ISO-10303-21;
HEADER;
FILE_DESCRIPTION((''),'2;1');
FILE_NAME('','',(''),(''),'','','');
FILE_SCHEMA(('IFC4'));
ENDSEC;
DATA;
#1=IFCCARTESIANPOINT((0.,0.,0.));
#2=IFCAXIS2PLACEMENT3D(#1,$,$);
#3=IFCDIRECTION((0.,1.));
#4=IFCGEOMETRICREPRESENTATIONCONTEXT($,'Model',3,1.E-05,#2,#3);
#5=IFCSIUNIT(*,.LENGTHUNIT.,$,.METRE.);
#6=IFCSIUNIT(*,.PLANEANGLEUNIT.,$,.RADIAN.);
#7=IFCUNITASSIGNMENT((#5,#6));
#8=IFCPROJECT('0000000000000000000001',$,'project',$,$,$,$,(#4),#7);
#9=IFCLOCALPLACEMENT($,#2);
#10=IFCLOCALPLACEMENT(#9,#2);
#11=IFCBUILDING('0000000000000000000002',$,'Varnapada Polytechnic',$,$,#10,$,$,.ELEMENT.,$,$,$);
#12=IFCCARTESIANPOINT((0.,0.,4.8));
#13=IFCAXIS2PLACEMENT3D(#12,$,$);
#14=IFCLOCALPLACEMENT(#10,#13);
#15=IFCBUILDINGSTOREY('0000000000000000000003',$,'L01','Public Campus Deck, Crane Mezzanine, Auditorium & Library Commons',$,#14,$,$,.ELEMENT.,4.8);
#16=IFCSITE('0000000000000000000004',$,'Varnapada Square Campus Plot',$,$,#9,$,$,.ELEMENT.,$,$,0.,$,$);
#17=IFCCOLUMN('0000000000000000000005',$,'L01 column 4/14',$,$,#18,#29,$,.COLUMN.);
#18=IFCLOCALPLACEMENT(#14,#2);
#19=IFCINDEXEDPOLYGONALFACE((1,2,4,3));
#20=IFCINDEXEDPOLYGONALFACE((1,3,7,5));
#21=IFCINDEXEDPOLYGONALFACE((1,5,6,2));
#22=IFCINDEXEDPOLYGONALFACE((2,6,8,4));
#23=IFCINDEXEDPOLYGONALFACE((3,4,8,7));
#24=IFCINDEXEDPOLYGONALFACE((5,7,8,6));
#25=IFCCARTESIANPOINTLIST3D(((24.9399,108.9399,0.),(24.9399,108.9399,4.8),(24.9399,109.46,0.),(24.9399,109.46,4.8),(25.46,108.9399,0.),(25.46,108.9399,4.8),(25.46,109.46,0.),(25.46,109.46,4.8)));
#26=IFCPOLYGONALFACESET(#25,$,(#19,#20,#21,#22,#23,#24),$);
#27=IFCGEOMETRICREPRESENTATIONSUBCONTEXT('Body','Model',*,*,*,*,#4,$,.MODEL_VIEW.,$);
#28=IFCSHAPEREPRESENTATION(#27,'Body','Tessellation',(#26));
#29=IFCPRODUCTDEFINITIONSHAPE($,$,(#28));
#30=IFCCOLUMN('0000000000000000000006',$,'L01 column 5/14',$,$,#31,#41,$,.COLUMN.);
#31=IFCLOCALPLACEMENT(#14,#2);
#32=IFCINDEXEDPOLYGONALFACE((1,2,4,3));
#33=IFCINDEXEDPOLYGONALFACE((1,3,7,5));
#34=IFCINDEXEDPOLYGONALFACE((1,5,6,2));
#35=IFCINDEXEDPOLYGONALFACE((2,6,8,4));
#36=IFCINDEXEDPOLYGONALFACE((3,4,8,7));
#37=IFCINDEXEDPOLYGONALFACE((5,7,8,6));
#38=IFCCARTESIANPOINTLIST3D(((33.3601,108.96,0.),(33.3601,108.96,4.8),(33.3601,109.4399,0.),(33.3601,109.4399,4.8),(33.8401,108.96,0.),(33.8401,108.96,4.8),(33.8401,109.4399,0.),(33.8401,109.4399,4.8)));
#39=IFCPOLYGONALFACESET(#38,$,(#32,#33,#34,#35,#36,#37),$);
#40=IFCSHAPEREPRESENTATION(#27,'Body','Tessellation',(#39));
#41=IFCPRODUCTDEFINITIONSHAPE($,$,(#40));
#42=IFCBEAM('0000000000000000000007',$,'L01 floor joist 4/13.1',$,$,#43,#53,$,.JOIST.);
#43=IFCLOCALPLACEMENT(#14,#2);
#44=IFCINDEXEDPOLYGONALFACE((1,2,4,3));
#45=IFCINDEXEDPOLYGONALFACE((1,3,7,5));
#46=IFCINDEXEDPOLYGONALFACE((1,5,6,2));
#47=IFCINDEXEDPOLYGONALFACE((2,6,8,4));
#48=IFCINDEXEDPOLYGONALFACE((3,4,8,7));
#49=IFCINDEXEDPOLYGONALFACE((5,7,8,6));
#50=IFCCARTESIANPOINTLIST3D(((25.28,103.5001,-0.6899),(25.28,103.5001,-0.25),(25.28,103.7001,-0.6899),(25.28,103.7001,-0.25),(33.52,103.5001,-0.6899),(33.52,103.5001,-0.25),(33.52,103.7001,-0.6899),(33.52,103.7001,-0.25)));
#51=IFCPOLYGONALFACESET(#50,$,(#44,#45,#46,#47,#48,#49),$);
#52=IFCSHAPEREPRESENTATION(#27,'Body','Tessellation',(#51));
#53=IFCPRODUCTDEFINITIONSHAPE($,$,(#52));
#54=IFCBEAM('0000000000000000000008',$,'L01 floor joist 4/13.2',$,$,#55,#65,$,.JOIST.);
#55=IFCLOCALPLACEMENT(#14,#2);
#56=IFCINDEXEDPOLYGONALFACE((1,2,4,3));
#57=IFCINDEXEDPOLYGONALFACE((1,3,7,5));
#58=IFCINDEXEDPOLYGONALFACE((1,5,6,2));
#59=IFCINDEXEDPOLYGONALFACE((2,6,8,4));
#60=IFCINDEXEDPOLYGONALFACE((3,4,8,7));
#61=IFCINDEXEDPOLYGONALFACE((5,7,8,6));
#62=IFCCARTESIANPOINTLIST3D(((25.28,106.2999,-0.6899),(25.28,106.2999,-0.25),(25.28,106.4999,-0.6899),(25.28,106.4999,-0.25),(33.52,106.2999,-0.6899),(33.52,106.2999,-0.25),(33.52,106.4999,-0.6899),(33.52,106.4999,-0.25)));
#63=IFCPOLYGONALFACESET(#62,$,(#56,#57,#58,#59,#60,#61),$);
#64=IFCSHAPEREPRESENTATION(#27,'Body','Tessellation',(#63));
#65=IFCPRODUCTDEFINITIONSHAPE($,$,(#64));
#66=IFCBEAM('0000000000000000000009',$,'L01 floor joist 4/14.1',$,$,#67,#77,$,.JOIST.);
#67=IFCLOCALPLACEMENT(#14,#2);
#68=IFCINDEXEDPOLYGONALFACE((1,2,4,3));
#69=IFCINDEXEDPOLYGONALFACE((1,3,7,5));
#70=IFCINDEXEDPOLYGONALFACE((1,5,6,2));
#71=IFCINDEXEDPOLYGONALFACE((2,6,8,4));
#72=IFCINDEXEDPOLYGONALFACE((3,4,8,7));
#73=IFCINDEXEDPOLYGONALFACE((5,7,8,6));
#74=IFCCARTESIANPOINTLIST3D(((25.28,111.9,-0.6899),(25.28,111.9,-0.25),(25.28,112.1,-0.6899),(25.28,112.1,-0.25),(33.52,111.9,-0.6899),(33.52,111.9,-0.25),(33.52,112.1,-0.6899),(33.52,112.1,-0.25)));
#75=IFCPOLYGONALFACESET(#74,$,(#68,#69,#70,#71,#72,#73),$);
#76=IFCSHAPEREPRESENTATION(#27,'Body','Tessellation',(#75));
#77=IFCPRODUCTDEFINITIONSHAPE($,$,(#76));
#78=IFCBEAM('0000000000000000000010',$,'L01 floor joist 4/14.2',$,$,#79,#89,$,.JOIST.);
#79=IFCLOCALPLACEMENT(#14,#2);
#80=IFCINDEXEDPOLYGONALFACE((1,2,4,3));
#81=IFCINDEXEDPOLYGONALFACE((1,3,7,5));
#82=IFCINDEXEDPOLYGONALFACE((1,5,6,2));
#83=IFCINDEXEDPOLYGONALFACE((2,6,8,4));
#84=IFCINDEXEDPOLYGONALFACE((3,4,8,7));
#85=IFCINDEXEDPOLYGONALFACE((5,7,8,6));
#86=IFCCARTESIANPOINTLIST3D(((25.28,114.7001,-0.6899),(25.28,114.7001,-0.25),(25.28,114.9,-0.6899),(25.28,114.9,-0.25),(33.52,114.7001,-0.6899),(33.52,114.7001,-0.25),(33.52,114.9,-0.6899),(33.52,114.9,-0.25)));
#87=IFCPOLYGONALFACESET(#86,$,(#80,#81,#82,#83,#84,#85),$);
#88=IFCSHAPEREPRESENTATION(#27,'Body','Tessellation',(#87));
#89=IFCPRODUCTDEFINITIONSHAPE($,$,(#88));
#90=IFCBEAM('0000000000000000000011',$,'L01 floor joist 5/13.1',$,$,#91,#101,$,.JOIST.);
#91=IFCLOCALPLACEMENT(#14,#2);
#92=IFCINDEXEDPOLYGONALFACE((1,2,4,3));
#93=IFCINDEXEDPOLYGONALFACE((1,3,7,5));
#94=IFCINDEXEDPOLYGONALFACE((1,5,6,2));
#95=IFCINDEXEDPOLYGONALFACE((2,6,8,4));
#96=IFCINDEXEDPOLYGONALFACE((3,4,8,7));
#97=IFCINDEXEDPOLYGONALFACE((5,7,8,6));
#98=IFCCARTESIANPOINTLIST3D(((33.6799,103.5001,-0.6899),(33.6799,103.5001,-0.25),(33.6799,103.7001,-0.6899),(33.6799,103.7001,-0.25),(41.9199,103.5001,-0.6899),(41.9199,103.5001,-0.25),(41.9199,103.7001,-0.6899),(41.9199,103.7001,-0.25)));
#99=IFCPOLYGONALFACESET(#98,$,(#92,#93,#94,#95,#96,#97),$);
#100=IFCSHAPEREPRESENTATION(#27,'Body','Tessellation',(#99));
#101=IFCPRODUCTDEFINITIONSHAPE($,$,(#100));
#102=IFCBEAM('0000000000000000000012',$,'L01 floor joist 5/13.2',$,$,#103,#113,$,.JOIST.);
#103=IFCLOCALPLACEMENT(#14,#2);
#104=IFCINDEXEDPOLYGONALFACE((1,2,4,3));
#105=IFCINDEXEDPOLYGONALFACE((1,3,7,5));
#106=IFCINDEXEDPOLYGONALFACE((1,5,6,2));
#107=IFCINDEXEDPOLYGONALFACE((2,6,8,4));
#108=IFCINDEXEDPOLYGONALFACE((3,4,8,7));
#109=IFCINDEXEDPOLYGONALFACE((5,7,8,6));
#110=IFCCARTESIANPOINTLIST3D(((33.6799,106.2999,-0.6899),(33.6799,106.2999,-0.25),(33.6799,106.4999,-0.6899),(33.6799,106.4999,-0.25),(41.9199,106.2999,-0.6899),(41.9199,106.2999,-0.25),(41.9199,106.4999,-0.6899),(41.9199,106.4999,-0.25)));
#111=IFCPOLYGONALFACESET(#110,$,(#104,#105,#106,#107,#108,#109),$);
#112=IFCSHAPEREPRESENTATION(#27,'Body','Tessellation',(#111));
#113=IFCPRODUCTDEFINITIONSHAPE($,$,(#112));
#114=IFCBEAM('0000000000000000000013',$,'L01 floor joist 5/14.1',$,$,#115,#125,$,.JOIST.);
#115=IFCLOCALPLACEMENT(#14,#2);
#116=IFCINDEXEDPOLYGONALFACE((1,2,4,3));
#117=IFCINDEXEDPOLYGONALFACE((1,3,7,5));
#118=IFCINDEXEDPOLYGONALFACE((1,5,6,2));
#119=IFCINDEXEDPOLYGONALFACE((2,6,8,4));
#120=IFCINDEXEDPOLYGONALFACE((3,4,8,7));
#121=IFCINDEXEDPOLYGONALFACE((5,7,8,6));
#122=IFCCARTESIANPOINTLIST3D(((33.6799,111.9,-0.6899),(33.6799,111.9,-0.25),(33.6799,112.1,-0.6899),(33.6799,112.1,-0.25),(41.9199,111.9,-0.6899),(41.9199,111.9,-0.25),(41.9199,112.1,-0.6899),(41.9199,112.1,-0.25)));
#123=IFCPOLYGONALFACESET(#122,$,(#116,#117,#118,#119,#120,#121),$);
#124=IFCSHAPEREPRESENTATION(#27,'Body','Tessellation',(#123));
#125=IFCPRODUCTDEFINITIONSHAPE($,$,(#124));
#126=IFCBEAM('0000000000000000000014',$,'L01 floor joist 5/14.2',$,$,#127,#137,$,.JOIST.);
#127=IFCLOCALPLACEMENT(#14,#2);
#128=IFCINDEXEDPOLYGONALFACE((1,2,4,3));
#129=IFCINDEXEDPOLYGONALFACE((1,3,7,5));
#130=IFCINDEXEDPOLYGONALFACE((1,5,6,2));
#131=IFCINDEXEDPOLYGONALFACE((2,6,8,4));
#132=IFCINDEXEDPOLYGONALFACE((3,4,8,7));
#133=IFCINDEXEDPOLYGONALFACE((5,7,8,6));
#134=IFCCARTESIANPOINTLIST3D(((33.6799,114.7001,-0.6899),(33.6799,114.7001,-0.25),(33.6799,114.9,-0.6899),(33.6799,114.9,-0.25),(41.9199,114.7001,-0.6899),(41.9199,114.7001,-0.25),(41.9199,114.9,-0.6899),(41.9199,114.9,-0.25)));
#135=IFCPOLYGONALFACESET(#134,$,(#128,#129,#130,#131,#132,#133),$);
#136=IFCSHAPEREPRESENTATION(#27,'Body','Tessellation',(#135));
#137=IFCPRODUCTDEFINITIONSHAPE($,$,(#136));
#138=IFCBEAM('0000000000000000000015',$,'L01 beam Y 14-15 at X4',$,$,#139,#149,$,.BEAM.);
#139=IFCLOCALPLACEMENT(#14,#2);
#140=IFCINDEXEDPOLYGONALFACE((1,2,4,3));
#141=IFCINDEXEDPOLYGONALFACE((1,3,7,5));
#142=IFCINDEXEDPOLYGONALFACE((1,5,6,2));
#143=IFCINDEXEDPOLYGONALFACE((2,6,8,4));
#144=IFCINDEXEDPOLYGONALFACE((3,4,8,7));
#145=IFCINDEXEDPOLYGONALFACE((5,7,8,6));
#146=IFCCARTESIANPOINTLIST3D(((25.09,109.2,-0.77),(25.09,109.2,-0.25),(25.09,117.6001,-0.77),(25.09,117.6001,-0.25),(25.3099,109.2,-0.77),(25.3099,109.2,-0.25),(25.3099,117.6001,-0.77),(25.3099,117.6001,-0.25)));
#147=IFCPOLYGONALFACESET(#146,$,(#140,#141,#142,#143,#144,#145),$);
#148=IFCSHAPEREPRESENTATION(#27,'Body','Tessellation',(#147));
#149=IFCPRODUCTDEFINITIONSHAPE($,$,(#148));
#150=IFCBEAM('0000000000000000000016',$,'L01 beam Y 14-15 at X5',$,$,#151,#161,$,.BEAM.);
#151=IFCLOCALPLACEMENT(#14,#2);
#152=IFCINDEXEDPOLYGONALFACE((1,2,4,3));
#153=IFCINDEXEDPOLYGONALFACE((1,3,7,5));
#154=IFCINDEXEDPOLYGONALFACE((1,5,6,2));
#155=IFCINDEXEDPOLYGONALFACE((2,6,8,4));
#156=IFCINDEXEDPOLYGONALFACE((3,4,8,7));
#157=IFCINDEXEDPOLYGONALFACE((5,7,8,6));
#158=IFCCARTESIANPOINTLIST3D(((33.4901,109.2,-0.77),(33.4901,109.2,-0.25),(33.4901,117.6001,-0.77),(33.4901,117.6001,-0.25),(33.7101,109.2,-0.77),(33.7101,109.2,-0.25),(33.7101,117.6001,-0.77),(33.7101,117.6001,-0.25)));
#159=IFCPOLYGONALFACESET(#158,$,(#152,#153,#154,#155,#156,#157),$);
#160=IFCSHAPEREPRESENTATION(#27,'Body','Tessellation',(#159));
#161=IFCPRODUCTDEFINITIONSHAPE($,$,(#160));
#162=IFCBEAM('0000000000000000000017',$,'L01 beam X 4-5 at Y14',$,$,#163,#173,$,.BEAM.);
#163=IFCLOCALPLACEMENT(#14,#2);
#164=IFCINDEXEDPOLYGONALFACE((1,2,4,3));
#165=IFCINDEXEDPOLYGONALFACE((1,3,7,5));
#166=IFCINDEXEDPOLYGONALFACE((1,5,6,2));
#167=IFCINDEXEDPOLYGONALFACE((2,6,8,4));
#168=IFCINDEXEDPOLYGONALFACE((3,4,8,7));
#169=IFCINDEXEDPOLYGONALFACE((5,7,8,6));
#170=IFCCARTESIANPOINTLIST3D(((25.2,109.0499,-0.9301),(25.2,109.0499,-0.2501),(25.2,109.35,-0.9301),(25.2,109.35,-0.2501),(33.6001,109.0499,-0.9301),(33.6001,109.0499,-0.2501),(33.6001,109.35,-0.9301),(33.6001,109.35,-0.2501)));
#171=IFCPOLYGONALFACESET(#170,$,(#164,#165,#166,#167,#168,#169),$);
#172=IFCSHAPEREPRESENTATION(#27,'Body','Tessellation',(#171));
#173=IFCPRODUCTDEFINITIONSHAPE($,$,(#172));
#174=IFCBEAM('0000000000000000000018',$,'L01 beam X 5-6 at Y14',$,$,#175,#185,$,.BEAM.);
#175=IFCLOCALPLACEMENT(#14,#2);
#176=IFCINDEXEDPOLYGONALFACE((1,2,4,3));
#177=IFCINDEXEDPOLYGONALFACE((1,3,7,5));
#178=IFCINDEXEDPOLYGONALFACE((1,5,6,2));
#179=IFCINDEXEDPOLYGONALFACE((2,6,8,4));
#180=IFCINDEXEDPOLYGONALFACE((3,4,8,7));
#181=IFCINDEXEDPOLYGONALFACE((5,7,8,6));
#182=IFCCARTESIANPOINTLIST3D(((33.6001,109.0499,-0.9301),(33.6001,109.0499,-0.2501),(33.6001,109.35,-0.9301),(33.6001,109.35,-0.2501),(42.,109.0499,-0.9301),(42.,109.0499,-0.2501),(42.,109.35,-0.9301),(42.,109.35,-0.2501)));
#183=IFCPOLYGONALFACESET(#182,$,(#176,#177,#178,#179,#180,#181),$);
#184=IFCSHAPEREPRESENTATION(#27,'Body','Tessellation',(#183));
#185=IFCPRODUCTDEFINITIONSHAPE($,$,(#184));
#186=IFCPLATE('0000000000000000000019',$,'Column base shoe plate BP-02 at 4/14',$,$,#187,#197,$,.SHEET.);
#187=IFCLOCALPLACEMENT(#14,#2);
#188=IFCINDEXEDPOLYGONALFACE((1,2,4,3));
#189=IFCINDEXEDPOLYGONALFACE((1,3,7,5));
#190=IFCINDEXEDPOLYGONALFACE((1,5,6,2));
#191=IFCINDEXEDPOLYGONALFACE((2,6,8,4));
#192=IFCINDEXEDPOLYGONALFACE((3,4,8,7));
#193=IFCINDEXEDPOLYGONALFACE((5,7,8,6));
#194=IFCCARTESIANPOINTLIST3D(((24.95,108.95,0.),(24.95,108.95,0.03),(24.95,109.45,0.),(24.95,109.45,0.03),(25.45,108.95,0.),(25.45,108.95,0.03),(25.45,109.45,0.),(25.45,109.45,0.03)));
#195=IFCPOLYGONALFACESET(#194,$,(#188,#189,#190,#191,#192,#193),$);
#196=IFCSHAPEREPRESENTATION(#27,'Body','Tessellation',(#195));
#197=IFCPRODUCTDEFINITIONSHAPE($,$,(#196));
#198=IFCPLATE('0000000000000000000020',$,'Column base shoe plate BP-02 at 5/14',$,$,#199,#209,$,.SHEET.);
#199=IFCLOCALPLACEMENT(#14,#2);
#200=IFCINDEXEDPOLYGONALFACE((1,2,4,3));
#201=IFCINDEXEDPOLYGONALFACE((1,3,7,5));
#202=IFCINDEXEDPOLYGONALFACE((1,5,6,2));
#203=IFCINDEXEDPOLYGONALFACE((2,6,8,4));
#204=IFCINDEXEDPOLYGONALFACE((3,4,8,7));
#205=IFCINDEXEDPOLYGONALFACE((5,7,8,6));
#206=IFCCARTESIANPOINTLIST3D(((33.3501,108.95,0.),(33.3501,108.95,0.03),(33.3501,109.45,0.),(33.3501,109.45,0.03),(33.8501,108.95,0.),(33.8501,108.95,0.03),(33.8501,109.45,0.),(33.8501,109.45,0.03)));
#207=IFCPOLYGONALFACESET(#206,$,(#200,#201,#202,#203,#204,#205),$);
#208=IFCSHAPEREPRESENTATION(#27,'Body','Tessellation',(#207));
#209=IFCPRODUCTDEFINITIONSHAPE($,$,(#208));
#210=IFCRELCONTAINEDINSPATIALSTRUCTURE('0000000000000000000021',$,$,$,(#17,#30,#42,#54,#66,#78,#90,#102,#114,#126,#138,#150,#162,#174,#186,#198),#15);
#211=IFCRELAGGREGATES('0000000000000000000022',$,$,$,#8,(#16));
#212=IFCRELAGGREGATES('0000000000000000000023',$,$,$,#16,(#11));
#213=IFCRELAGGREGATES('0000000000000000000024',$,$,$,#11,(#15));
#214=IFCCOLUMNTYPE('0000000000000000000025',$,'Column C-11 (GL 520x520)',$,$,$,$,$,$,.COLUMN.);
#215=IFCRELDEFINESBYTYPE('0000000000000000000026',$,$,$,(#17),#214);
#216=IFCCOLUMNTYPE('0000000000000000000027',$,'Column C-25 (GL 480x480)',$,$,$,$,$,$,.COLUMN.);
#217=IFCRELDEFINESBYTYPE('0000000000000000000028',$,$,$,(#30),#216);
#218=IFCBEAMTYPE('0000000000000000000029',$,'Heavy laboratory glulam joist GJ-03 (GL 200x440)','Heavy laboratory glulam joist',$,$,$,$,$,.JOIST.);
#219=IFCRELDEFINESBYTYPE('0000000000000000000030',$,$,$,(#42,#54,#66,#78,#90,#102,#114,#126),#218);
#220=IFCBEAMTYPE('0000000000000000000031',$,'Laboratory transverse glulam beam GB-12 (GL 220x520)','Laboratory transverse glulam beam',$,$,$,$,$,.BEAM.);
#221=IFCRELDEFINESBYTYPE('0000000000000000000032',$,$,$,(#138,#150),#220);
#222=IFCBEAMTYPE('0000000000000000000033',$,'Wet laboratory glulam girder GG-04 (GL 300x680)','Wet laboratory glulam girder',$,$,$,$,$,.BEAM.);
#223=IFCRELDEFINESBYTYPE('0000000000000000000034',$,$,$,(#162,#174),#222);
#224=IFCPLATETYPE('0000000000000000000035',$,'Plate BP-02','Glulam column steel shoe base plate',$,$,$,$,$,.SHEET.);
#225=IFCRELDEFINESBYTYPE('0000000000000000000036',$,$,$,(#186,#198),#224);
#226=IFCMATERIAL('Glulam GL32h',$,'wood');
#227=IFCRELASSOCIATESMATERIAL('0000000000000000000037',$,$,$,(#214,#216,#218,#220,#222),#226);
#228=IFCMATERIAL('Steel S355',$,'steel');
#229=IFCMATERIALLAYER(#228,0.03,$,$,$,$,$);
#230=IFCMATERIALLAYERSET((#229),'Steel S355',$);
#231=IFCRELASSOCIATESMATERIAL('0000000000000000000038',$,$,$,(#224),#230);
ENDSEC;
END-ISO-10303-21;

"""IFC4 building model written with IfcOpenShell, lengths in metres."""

from ifc_helpers import new_model, si_unit, direction, frame, origin, origin_2d, place, context, subcontext, project, spatial, rectangle, extrude, material, layer, layer_set, material_profile, profile_set, type_object, element, save


model = new_model("IFC4")

# Units and contexts
model_context = context("Model", 3, precision=1e-05, world=origin(), true_north=direction((0.0, 1.0)))
body_context = subcontext(model_context, "Body", "Model", "MODEL_VIEW")
ifc_project = project(units=[si_unit("LENGTHUNIT", "METRE"), si_unit("PLANEANGLEUNIT", "RADIAN")], contexts=[model_context])

# Site, building, storey
site_placement = place(None, origin())
site = spatial("IfcSite", under=ifc_project, at=site_placement, Name="Varnapada Square Campus Plot", CompositionType="ELEMENT", RefElevation=0.0)
building_placement = place(site_placement, origin())
building = spatial("IfcBuilding", under=site, at=building_placement, Name="Varnapada Polytechnic", CompositionType="ELEMENT")
storey_placement = place(building_placement, frame((0.0, 0.0, 4.8)))
storey = spatial("IfcBuildingStorey", under=building, at=storey_placement, Name="L01", Description="Public Campus Deck, Crane Mezzanine, Auditorium & Library Commons", CompositionType="ELEMENT", Elevation=4.8)

# Columns
ifc_material_1 = material(Name="Glulam GL32h", Category="wood")
ifc_material_profile_1 = material_profile(ifc_material_1, rectangle(XDim=0.52, YDim=0.52, at=origin_2d()), Name="GL 520x520")
ifc_profile_set_1 = profile_set([ifc_material_profile_1], Name="Glulam GL32h")
column_type_1 = type_object("IfcColumnType", Name="Column C-11 (GL 520x520)", PredefinedType="COLUMN", material=ifc_profile_set_1)
column_1_placement = place(storey_placement, frame((25.2, 109.2, 0.0), z_axis=(0.0, 0.0, 1.0), x_axis=(1.0, 0.0, 0.0)))
element("IfcColumn", 1, at=column_1_placement, inside=storey, type_object=column_type_1, Name="L01 column 4/14", PredefinedType="COLUMN", context=body_context, shape_type="SweptSolid", body=[
    extrude(rectangle(XDim=0.52, YDim=0.52, at=origin_2d()), origin(), (0.0, 0.0, 1.0), 4.8),
])
ifc_material_profile_2 = material_profile(ifc_material_1, rectangle(XDim=0.48, YDim=0.48, at=origin_2d()), Name="GL 480x480")
ifc_profile_set_2 = profile_set([ifc_material_profile_2], Name="Glulam GL32h")
column_type_2 = type_object("IfcColumnType", Name="Column C-25 (GL 480x480)", PredefinedType="COLUMN", material=ifc_profile_set_2)
column_2_placement = place(storey_placement, frame((33.6001, 109.2, 0.0), z_axis=(0.0, 0.0, 1.0), x_axis=(1.0, 0.0, 0.0)))
element("IfcColumn", 2, at=column_2_placement, inside=storey, type_object=column_type_2, Name="L01 column 5/14", PredefinedType="COLUMN", context=body_context, shape_type="SweptSolid", body=[
    extrude(rectangle(XDim=0.48, YDim=0.48, at=origin_2d()), origin(), (0.0, 0.0, 1.0), 4.8),
])

# Beams
ifc_material_profile_3 = material_profile(ifc_material_1, rectangle(XDim=0.2, YDim=0.4399, at=origin_2d()), Name="GL 200x440")
ifc_profile_set_3 = profile_set([ifc_material_profile_3], Name="Glulam GL32h")
beam_type_1 = type_object("IfcBeamType", Name="Heavy laboratory glulam joist GJ-03 (GL 200x440)", Description="Heavy laboratory glulam joist", PredefinedType="JOIST", material=ifc_profile_set_3)
for number, where, z_axis, x_axis, name in (
    (3, (25.28, 103.6001, -0.47), (1.0, 0.0, 0.0), (0.0, 1.0, 0.0), "L01 floor joist 4/13.1"),
    (4, (25.28, 106.3999, -0.47), (1.0, 0.0, 0.0), (0.0, 1.0, 0.0), "L01 floor joist 4/13.2"),
    (5, (25.28, 112.0, -0.47), (1.0, 0.0, 0.0), (0.0, 1.0, 0.0), "L01 floor joist 4/14.1"),
    (6, (25.28, 114.8, -0.47), (1.0, 0.0, 0.0), (0.0, 1.0, 0.0), "L01 floor joist 4/14.2"),
    (7, (33.6799, 103.6001, -0.47), (1.0, 0.0, 0.0), (0.0, 1.0, 0.0), "L01 floor joist 5/13.1"),
    (8, (33.6799, 106.3999, -0.47), (1.0, 0.0, 0.0), (0.0, 1.0, 0.0), "L01 floor joist 5/13.2"),
    (9, (33.6799, 112.0, -0.47), (1.0, 0.0, 0.0), (0.0, 1.0, 0.0), "L01 floor joist 5/14.1"),
    (10, (33.6799, 114.8, -0.47), (1.0, 0.0, 0.0), (0.0, 1.0, 0.0), "L01 floor joist 5/14.2"),
):
    element("IfcBeam", number, at=place(storey_placement, frame(where, z_axis=z_axis, x_axis=x_axis)), inside=storey, type_object=beam_type_1, Name=name, PredefinedType="JOIST", context=body_context, shape_type="SweptSolid", body=[
        extrude(rectangle(XDim=0.2, YDim=0.4399, at=origin_2d()), origin(), (0.0, 0.0, 1.0), 8.24),
    ])
ifc_material_profile_4 = material_profile(ifc_material_1, rectangle(XDim=0.22, YDim=0.52, at=origin_2d()), Name="GL 220x520")
ifc_profile_set_4 = profile_set([ifc_material_profile_4], Name="Glulam GL32h")
beam_type_2 = type_object("IfcBeamType", Name="Laboratory transverse glulam beam GB-12 (GL 220x520)", Description="Laboratory transverse glulam beam", PredefinedType="BEAM", material=ifc_profile_set_4)
for number, where, z_axis, x_axis, name in (
    (11, (25.2, 109.2, -0.51), (0.0, 1.0, 0.0), (-1.0, 0.0, 0.0), "L01 beam Y 14-15 at X4"),
    (12, (33.6001, 109.2, -0.51), (0.0, 1.0, 0.0), (-1.0, 0.0, 0.0), "L01 beam Y 14-15 at X5"),
):
    element("IfcBeam", number, at=place(storey_placement, frame(where, z_axis=z_axis, x_axis=x_axis)), inside=storey, type_object=beam_type_2, Name=name, PredefinedType="BEAM", context=body_context, shape_type="SweptSolid", body=[
        extrude(rectangle(XDim=0.22, YDim=0.52, at=origin_2d()), origin(), (0.0, 0.0, 1.0), 8.4001),
    ])
ifc_material_profile_5 = material_profile(ifc_material_1, rectangle(XDim=0.3, YDim=0.6799, at=origin_2d()), Name="GL 300x680")
ifc_profile_set_5 = profile_set([ifc_material_profile_5], Name="Glulam GL32h")
beam_type_3 = type_object("IfcBeamType", Name="Wet laboratory glulam girder GG-04 (GL 300x680)", Description="Wet laboratory glulam girder", PredefinedType="BEAM", material=ifc_profile_set_5)
beam_1_placement = place(storey_placement, frame((25.2, 109.2, -0.5901), z_axis=(1.0, 0.0, 0.0), x_axis=(0.0, 1.0, 0.0)))
element("IfcBeam", 13, at=beam_1_placement, inside=storey, type_object=beam_type_3, Name="L01 beam X 4-5 at Y14", PredefinedType="BEAM", context=body_context, shape_type="SweptSolid", body=[
    extrude(rectangle(XDim=0.3, YDim=0.6799, at=origin_2d()), origin(), (0.0, 0.0, 1.0), 8.4001),
])
beam_2_placement = place(storey_placement, frame((33.6001, 109.2, -0.5901), z_axis=(1.0, 0.0, 0.0), x_axis=(0.0, 1.0, 0.0)))
element("IfcBeam", 14, at=beam_2_placement, inside=storey, type_object=beam_type_3, Name="L01 beam X 5-6 at Y14", PredefinedType="BEAM", context=body_context, shape_type="SweptSolid", body=[
    extrude(rectangle(XDim=0.3, YDim=0.6799, at=origin_2d()), origin(), (0.0, 0.0, 1.0), 8.3999),
])

# Plates
ifc_material_2 = material(Name="Steel S355", Category="steel")
ifc_layer_1 = layer(ifc_material_2, 0.03)
ifc_layer_set_1 = layer_set([ifc_layer_1], Name="Steel S355")
plate_type = type_object("IfcPlateType", Name="Plate BP-02", Description="Glulam column steel shoe base plate", PredefinedType="SHEET", material=ifc_layer_set_1)
for number, where, z_axis, x_axis, name in (
    (15, (25.2, 109.2, 0.0), (0.0, 0.0, 1.0), (1.0, 0.0, 0.0), "Column base shoe plate BP-02 at 4/14"),
    (16, (33.6001, 109.2, 0.0), (0.0, 0.0, 1.0), (1.0, 0.0, 0.0), "Column base shoe plate BP-02 at 5/14"),
):
    element("IfcPlate", number, at=place(storey_placement, frame(where, z_axis=z_axis, x_axis=x_axis)), inside=storey, type_object=plate_type, Name=name, PredefinedType="SHEET", context=body_context, shape_type="SweptSolid", body=[
        extrude(rectangle(XDim=0.5, YDim=0.5, at=origin_2d()), origin(), (0.0, 0.0, 1.0), 0.03),
    ])

save(model, "model.ifc")
